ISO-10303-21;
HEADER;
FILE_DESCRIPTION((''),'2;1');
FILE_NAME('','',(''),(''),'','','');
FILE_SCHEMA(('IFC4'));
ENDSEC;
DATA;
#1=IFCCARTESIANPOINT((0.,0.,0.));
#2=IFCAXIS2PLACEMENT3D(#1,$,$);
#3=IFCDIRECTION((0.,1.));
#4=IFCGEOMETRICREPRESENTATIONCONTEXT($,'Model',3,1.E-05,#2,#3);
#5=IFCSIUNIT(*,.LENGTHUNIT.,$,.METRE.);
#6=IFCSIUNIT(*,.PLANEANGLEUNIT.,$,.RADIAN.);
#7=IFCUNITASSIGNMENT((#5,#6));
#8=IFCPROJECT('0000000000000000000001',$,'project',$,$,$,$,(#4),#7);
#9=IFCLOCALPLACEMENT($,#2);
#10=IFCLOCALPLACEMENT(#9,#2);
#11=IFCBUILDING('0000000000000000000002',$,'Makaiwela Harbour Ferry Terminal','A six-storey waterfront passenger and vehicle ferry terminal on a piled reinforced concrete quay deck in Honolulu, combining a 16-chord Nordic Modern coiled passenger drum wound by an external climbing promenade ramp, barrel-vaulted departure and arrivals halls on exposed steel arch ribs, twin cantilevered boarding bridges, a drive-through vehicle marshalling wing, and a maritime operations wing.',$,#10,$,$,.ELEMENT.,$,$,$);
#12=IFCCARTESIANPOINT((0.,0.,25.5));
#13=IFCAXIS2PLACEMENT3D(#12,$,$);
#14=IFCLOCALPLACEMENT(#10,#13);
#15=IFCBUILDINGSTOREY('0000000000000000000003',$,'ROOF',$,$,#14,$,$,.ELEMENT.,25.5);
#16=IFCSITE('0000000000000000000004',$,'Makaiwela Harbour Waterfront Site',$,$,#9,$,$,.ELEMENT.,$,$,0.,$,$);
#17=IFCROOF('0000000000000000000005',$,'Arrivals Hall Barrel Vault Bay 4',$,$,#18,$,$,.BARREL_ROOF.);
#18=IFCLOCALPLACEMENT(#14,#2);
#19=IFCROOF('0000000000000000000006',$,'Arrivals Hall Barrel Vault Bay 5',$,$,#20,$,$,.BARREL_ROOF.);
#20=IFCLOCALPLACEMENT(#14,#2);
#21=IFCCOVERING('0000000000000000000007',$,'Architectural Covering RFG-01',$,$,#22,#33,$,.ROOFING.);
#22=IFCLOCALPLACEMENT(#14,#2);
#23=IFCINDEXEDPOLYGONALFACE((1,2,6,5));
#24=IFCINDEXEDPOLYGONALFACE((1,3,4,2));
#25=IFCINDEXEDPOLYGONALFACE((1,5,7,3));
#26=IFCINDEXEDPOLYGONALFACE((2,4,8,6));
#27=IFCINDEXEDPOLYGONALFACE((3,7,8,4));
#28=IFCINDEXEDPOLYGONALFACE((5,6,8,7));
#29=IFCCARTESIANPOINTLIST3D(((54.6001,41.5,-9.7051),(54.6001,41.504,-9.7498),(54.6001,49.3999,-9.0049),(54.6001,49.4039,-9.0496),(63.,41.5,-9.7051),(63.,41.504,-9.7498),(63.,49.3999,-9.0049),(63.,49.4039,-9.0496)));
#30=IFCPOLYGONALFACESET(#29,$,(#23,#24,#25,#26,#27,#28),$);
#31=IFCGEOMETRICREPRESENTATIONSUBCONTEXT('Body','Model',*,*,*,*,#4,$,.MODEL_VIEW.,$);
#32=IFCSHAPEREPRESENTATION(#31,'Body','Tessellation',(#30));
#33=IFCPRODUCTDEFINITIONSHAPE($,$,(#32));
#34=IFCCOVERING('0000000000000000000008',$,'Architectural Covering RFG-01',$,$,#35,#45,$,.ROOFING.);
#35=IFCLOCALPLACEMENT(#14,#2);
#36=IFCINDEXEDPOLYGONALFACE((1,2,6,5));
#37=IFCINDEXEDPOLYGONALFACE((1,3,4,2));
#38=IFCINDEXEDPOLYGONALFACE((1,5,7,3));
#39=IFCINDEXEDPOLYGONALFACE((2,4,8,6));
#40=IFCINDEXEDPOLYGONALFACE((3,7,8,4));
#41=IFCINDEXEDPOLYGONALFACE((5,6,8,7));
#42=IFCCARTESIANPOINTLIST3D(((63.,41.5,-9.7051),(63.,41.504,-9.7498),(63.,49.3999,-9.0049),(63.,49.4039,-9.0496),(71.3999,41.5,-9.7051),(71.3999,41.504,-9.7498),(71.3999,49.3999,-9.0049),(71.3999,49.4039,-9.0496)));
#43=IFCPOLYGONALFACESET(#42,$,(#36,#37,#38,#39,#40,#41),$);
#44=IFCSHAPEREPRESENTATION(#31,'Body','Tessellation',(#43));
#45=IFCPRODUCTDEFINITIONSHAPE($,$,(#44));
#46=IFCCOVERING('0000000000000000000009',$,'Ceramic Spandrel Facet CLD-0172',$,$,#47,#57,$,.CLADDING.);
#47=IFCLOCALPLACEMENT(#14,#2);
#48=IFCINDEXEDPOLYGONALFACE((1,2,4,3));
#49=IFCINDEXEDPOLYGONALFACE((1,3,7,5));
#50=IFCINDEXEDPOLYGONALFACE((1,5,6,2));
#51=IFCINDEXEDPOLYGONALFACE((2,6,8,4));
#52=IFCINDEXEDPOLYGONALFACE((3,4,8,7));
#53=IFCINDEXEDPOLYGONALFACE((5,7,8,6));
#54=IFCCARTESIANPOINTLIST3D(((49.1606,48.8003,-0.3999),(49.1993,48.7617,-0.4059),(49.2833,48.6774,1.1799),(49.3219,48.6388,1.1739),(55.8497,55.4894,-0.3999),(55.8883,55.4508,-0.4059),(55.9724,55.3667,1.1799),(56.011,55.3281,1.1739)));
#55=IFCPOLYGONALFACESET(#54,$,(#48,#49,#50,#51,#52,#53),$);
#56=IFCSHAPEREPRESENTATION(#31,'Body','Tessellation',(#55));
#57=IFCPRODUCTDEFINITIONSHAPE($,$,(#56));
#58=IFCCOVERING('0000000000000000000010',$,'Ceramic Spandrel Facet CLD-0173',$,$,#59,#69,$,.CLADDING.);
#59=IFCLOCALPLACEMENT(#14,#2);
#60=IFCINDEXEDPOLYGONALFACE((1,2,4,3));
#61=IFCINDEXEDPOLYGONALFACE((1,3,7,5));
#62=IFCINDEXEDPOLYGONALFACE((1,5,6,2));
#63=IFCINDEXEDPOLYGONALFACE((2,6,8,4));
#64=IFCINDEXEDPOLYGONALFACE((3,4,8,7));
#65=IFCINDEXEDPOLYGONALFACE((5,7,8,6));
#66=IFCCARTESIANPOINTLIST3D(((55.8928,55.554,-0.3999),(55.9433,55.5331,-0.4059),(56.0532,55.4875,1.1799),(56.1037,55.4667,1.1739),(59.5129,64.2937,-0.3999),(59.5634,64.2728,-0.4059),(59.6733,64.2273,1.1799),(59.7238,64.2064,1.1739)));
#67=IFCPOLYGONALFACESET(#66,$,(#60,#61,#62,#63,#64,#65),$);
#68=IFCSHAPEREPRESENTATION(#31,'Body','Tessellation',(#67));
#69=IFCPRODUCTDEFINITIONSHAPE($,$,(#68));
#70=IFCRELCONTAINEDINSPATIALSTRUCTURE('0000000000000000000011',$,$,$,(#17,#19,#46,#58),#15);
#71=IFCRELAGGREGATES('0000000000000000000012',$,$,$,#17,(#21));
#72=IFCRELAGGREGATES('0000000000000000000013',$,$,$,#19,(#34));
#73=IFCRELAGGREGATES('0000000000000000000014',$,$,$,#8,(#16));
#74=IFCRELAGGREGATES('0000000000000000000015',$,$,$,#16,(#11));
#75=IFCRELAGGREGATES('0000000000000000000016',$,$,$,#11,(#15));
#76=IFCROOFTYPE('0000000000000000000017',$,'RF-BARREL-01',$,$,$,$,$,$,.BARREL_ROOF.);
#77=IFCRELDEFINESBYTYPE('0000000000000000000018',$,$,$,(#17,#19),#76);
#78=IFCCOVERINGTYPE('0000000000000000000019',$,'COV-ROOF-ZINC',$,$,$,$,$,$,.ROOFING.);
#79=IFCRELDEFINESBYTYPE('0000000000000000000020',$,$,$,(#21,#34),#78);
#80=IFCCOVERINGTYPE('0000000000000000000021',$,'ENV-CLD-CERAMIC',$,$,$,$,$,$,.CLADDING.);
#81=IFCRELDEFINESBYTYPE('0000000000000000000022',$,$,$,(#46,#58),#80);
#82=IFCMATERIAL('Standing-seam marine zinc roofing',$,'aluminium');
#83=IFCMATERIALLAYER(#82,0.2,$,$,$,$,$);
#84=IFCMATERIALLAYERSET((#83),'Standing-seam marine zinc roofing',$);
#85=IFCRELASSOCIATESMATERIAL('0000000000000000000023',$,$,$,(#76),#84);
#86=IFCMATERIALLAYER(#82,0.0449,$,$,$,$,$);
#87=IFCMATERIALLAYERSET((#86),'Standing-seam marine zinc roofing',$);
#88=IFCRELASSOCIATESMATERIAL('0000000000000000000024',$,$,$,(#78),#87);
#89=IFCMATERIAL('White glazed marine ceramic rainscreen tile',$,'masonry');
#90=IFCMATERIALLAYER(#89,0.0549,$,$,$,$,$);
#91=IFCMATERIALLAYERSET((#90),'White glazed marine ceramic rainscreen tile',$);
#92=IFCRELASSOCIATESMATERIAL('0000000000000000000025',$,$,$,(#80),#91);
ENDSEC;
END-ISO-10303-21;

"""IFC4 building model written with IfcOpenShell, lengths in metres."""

from ifc_helpers import new_model, si_unit, direction, frame, origin, place, context, subcontext, project, spatial, polyline, outline, extrude, material, layer, layer_set, type_object, element, aggregate, save


model = new_model("IFC4")

# Units and contexts
model_context = context("Model", 3, precision=1e-05, world=origin(), true_north=direction((0.0, 1.0)))
body_context = subcontext(model_context, "Body", "Model", "MODEL_VIEW")
ifc_project = project(units=[si_unit("LENGTHUNIT", "METRE"), si_unit("PLANEANGLEUNIT", "RADIAN")], contexts=[model_context])

# Site, building, storey
site_placement = place(None, origin())
site = spatial("IfcSite", under=ifc_project, at=site_placement, Name="Makaiwela Harbour Waterfront Site", CompositionType="ELEMENT", RefElevation=0.0)
building_placement = place(site_placement, origin())
building = spatial("IfcBuilding", under=site, at=building_placement, Name="Makaiwela Harbour Ferry Terminal", Description="A six-storey waterfront passenger and vehicle ferry terminal on a piled reinforced concrete quay deck in Honolulu, combining a 16-chord Nordic Modern coiled passenger drum wound by an external climbing promenade ramp, barrel-vaulted departure and arrivals halls on exposed steel arch ribs, twin cantilevered boarding bridges, a drive-through vehicle marshalling wing, and a maritime operations wing.", CompositionType="ELEMENT")
storey_placement = place(building_placement, frame((0.0, 0.0, 25.5)))
storey = spatial("IfcBuildingStorey", under=building, at=storey_placement, Name="ROOF", CompositionType="ELEMENT", Elevation=25.5)

# Roofs
ifc_material_1 = material(Name="Standing-seam marine zinc roofing", Category="aluminium")
ifc_layer_1 = layer(ifc_material_1, 0.2)
ifc_layer_set_1 = layer_set([ifc_layer_1], Name="Standing-seam marine zinc roofing")
roof_type = type_object("IfcRoofType", Name="RF-BARREL-01", PredefinedType="BARREL_ROOF", material=ifc_layer_set_1)
roof_1_placement = place(storey_placement, origin())
roof_1 = element("IfcRoof", 1, at=roof_1_placement, inside=storey, type_object=roof_type, Name="Arrivals Hall Barrel Vault Bay 4", PredefinedType="BARREL_ROOF")
roof_2_placement = place(storey_placement, origin())
roof_2 = element("IfcRoof", 2, at=roof_2_placement, inside=storey, type_object=roof_type, Name="Arrivals Hall Barrel Vault Bay 5", PredefinedType="BARREL_ROOF")

# Coverings
ifc_layer_2 = layer(ifc_material_1, 0.0449)
ifc_layer_set_2 = layer_set([ifc_layer_2], Name="Standing-seam marine zinc roofing")
covering_type_1 = type_object("IfcCoveringType", Name="COV-ROOF-ZINC", PredefinedType="ROOFING", material=ifc_layer_set_2)
covering_1_placement = place(storey_placement, frame((54.6001, 41.5, -9.7051), z_axis=(0.0, -0.088287, 0.996095), x_axis=(1.0, 0.0, 0.0)))
covering_1 = element("IfcCovering", 3, at=covering_1_placement, type_object=covering_type_1, Name="Architectural Covering RFG-01", PredefinedType="ROOFING", context=body_context, shape_type="SweptSolid", body=[
    extrude(outline(polyline([(0.0, 0.0), (8.3999, 0.0), (8.3999, 7.9309), (0.0, 7.9309), (0.0, 0.0)])), origin(), (0.0, 0.0, -1.0), 0.0449),
])
aggregate(roof_1, [covering_1])
covering_2_placement = place(storey_placement, frame((63.0, 41.5, -9.7051), z_axis=(0.0, -0.088287, 0.996095), x_axis=(1.0, 0.0, 0.0)))
covering_2 = element("IfcCovering", 4, at=covering_2_placement, type_object=covering_type_1, Name="Architectural Covering RFG-01", PredefinedType="ROOFING", context=body_context, shape_type="SweptSolid", body=[
    extrude(outline(polyline([(0.0, 0.0), (8.3999, 0.0), (8.3999, 7.9309), (0.0, 7.9309), (0.0, 0.0)])), origin(), (0.0, 0.0, -1.0), 0.0449),
])
aggregate(roof_2, [covering_2])

# Coverings
ifc_material_2 = material(Name="White glazed marine ceramic rainscreen tile", Category="masonry")
ifc_layer_3 = layer(ifc_material_2, 0.0549)
ifc_layer_set_3 = layer_set([ifc_layer_3], Name="White glazed marine ceramic rainscreen tile")
covering_type_2 = type_object("IfcCoveringType", Name="ENV-CLD-CERAMIC", PredefinedType="CLADDING", material=ifc_layer_set_3)
covering_3_placement = place(storey_placement, frame((49.1606, 48.8003, -0.3999), z_axis=(-0.702883, 0.70287, 0.109217), x_axis=(0.7071, 0.707113, -0.000001)))
element("IfcCovering", 5, at=covering_3_placement, inside=storey, type_object=covering_type_2, Name="Ceramic Spandrel Facet CLD-0172", PredefinedType="CLADDING", context=body_context, shape_type="SweptSolid", body=[
    extrude(outline(polyline([(0.0, 0.0), (9.4598, 0.0), (9.4598, -1.5894), (-0.0002, -1.5893), (0.0, 0.0)])), origin(), (0.0, 0.0, -1.0), 0.0549),
])
covering_4_placement = place(storey_placement, frame((55.8928, 55.554, -0.3999), z_axis=(-0.918352, 0.380393, 0.109229), x_axis=(0.382683, 0.92388, 0.0)))
element("IfcCovering", 6, at=covering_4_placement, inside=storey, type_object=covering_type_2, Name="Ceramic Spandrel Facet CLD-0173", PredefinedType="CLADDING", context=body_context, shape_type="SweptSolid", body=[
    extrude(outline(polyline([(0.0, 0.0), (9.4598, 0.0), (9.4599, -1.5893), (0.0, -1.5893), (0.0, 0.0)])), origin(), (0.0, 0.0, -1.0), 0.0549),
])

save(model, "model.ifc")
